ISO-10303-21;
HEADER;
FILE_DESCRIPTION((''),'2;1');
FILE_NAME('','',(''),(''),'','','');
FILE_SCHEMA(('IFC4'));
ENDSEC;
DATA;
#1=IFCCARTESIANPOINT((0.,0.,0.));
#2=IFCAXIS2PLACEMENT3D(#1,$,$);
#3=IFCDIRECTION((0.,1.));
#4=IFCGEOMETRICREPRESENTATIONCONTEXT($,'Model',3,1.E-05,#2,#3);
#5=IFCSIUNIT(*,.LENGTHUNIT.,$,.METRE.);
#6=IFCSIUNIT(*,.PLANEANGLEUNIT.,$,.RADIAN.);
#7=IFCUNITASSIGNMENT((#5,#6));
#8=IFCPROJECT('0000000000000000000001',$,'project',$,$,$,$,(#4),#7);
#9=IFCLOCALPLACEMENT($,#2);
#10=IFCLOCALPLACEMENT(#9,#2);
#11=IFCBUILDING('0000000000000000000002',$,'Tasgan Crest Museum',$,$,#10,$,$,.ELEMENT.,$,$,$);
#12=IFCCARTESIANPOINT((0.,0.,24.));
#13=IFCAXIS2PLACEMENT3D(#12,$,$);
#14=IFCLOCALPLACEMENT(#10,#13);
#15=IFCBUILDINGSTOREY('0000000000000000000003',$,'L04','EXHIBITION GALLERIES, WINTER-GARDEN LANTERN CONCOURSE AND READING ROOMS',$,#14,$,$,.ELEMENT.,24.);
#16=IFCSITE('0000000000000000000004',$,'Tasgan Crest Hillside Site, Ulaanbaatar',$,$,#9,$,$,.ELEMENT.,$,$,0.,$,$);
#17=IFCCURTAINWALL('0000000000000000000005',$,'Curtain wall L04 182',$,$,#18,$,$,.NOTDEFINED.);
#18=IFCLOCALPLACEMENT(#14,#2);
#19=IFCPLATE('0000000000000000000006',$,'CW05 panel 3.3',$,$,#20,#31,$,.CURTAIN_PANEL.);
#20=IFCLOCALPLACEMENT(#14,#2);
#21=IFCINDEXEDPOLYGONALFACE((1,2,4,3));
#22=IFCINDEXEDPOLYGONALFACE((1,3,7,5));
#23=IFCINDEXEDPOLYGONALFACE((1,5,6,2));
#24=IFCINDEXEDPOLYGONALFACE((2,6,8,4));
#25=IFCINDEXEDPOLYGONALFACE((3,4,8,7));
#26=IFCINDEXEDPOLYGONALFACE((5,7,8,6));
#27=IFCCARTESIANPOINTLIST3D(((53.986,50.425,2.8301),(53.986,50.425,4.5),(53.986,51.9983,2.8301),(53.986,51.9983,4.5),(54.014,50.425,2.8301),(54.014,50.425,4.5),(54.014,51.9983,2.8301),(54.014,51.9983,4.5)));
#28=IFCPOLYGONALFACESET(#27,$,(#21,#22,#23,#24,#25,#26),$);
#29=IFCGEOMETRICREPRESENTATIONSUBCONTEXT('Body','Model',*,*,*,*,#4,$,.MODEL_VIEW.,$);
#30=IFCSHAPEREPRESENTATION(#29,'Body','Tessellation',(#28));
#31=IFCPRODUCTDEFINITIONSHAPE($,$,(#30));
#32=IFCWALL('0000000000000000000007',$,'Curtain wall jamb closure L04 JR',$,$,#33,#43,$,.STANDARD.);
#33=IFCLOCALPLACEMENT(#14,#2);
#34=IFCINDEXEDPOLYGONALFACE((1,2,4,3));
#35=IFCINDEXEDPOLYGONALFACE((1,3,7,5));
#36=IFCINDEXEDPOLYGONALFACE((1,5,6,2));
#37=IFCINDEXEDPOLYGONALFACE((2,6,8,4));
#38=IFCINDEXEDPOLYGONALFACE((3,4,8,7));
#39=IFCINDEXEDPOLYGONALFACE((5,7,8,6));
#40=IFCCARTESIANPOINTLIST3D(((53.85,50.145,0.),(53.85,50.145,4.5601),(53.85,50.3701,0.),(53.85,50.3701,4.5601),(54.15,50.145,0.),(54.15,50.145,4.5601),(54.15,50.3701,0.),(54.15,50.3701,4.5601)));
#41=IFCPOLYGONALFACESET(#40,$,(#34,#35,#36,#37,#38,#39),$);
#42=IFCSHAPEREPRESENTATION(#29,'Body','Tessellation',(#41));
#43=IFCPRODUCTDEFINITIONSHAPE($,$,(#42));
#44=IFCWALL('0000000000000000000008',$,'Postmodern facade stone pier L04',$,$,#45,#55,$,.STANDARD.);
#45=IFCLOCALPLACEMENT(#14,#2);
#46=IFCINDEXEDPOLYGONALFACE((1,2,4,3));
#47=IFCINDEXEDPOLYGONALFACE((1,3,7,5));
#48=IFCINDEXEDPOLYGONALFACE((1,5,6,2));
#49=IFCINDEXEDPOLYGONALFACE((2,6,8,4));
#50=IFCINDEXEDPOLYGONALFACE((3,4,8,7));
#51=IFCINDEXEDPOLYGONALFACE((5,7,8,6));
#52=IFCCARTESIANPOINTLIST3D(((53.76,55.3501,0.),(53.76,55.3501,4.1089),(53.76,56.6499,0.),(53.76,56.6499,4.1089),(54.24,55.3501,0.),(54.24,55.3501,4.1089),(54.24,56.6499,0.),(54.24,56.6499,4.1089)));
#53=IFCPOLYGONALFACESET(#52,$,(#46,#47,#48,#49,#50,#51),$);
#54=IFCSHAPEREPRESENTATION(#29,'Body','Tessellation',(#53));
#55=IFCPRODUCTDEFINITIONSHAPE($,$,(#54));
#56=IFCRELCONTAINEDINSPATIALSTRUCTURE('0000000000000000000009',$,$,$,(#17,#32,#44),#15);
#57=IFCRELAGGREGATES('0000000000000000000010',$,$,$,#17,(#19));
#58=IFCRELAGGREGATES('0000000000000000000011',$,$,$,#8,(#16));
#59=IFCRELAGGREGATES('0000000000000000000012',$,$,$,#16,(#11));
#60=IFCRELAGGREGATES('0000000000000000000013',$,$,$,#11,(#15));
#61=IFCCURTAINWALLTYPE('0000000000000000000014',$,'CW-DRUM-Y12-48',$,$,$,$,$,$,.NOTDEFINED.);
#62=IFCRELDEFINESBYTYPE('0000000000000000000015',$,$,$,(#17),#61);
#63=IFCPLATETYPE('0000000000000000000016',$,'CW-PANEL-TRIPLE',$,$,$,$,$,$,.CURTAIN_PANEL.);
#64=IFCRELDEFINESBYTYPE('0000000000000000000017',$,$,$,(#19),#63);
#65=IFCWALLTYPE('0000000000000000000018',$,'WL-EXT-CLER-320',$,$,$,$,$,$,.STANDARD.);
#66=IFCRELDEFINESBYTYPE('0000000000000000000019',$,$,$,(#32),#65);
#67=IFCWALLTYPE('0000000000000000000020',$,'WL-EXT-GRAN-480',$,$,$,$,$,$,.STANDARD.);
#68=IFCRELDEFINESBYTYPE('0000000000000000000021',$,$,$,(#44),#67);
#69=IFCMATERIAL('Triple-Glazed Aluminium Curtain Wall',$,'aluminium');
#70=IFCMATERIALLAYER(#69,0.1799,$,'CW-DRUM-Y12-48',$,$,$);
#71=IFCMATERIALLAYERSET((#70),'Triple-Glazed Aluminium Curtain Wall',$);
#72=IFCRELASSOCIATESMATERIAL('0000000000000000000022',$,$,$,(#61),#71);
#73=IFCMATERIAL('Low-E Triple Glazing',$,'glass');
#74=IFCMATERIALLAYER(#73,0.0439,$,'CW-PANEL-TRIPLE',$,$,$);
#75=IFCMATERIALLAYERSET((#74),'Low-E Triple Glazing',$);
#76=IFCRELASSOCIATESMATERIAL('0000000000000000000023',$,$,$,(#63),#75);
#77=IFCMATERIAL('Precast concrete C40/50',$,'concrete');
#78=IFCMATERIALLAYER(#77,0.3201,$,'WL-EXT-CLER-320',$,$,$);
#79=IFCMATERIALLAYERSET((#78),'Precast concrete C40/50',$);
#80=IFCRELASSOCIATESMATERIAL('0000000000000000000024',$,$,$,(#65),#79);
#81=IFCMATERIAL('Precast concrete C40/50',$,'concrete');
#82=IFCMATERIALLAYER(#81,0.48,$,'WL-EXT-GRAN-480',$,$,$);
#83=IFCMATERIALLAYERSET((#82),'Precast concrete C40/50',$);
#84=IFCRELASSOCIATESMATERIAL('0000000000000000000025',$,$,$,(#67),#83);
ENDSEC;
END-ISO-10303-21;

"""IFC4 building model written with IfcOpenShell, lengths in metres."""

from ifc_helpers import new_model, si_unit, direction, frame, frame_2d, origin, origin_2d, place, context, subcontext, project, spatial, rectangle, extrude, material, layer, layer_set, type_object, element, aggregate, save


model = new_model("IFC4")

# Units and contexts
model_context = context("Model", 3, precision=1e-05, world=origin(), true_north=direction((0.0, 1.0)))
body_context = subcontext(model_context, "Body", "Model", "MODEL_VIEW")
ifc_project = project(units=[si_unit("LENGTHUNIT", "METRE"), si_unit("PLANEANGLEUNIT", "RADIAN")], contexts=[model_context])

# Site, building, storey
site_placement = place(None, origin())
site = spatial("IfcSite", under=ifc_project, at=site_placement, Name="Tasgan Crest Hillside Site, Ulaanbaatar", CompositionType="ELEMENT", RefElevation=0.0)
building_placement = place(site_placement, origin())
building = spatial("IfcBuilding", under=site, at=building_placement, Name="Tasgan Crest Museum", CompositionType="ELEMENT")
storey_placement = place(building_placement, frame((0.0, 0.0, 24.0)))
storey = spatial("IfcBuildingStorey", under=building, at=storey_placement, Name="L04", Description="EXHIBITION GALLERIES, WINTER-GARDEN LANTERN CONCOURSE AND READING ROOMS", CompositionType="ELEMENT", Elevation=24.0)

# Shared definitions
ifc_material_1 = material(Name="Triple-Glazed Aluminium Curtain Wall", Category="aluminium")
ifc_layer_1 = layer(ifc_material_1, 0.1799, Name="CW-DRUM-Y12-48")
ifc_layer_set_1 = layer_set([ifc_layer_1], Name="Triple-Glazed Aluminium Curtain Wall")
curtain_wall_type = type_object("IfcCurtainWallType", Name="CW-DRUM-Y12-48", PredefinedType="NOTDEFINED", material=ifc_layer_set_1)

# Curtain wall, plate
curtain_wall_1_placement = place(storey_placement, origin())
curtain_wall_1 = element("IfcCurtainWall", 1, at=curtain_wall_1_placement, inside=storey, type_object=curtain_wall_type, Name="Curtain wall L04 182", PredefinedType="NOTDEFINED")
ifc_material_2 = material(Name="Low-E Triple Glazing", Category="glass")
ifc_layer_2 = layer(ifc_material_2, 0.0439, Name="CW-PANEL-TRIPLE")
ifc_layer_set_2 = layer_set([ifc_layer_2], Name="Low-E Triple Glazing")
plate_type_1 = type_object("IfcPlateType", Name="CW-PANEL-TRIPLE", PredefinedType="CURTAIN_PANEL", material=ifc_layer_set_2)
plate_1_placement = place(storey_placement, frame((54.0, 51.2117, 2.8301), z_axis=(0.0, 0.0, 1.0), x_axis=(0.0, -1.0, 0.0)))
plate_1 = element("IfcPlate", 2, at=plate_1_placement, type_object=plate_type_1, Name="CW05 panel 3.3", PredefinedType="CURTAIN_PANEL", context=body_context, shape_type="SweptSolid", body=[
    extrude(rectangle(XDim=1.5732, YDim=0.0281, at=origin_2d()), origin(), (0.0, 0.0, 1.0), 1.6699),
])
aggregate(curtain_wall_1, [plate_1])

# Walls
ifc_material_3 = material(Name="Precast concrete C40/50", Category="concrete")
ifc_layer_3 = layer(ifc_material_3, 0.3201, Name="WL-EXT-CLER-320")
ifc_layer_set_3 = layer_set([ifc_layer_3], Name="Precast concrete C40/50")
wall_type_1 = type_object("IfcWallType", Name="WL-EXT-CLER-320", PredefinedType="STANDARD", material=ifc_layer_set_3)
wall_1_placement = place(storey_placement, frame((54.0, 50.3701, 0.0), z_axis=(0.0, 0.0, 1.0), x_axis=(0.0, -1.0, 0.0)))
element("IfcWall", 3, at=wall_1_placement, inside=storey, type_object=wall_type_1, Name="Curtain wall jamb closure L04 JR", PredefinedType="STANDARD", context=body_context, shape_type="SweptSolid", body=[
    extrude(rectangle(XDim=0.2251, YDim=0.3, at=frame_2d((0.1125, 0.0))), origin(), (0.0, 0.0, 1.0), 4.5601),
])
ifc_material_4 = material(Name="Precast concrete C40/50", Category="concrete")
ifc_layer_4 = layer(ifc_material_4, 0.48, Name="WL-EXT-GRAN-480")
ifc_layer_set_4 = layer_set([ifc_layer_4], Name="Precast concrete C40/50")
wall_type_2 = type_object("IfcWallType", Name="WL-EXT-GRAN-480", PredefinedType="STANDARD", material=ifc_layer_set_4)
wall_2_placement = place(storey_placement, frame((54.0, 56.6499, 0.0), z_axis=(0.0, 0.0, 1.0), x_axis=(0.0, -1.0, 0.0)))
element("IfcWall", 4, at=wall_2_placement, inside=storey, type_object=wall_type_2, Name="Postmodern facade stone pier L04", PredefinedType="STANDARD", context=body_context, shape_type="SweptSolid", body=[
    extrude(rectangle(XDim=1.2998, YDim=0.48, at=frame_2d((0.6499, 0.0))), origin(), (0.0, 0.0, 1.0), 4.1089),
])

save(model, "model.ifc")
